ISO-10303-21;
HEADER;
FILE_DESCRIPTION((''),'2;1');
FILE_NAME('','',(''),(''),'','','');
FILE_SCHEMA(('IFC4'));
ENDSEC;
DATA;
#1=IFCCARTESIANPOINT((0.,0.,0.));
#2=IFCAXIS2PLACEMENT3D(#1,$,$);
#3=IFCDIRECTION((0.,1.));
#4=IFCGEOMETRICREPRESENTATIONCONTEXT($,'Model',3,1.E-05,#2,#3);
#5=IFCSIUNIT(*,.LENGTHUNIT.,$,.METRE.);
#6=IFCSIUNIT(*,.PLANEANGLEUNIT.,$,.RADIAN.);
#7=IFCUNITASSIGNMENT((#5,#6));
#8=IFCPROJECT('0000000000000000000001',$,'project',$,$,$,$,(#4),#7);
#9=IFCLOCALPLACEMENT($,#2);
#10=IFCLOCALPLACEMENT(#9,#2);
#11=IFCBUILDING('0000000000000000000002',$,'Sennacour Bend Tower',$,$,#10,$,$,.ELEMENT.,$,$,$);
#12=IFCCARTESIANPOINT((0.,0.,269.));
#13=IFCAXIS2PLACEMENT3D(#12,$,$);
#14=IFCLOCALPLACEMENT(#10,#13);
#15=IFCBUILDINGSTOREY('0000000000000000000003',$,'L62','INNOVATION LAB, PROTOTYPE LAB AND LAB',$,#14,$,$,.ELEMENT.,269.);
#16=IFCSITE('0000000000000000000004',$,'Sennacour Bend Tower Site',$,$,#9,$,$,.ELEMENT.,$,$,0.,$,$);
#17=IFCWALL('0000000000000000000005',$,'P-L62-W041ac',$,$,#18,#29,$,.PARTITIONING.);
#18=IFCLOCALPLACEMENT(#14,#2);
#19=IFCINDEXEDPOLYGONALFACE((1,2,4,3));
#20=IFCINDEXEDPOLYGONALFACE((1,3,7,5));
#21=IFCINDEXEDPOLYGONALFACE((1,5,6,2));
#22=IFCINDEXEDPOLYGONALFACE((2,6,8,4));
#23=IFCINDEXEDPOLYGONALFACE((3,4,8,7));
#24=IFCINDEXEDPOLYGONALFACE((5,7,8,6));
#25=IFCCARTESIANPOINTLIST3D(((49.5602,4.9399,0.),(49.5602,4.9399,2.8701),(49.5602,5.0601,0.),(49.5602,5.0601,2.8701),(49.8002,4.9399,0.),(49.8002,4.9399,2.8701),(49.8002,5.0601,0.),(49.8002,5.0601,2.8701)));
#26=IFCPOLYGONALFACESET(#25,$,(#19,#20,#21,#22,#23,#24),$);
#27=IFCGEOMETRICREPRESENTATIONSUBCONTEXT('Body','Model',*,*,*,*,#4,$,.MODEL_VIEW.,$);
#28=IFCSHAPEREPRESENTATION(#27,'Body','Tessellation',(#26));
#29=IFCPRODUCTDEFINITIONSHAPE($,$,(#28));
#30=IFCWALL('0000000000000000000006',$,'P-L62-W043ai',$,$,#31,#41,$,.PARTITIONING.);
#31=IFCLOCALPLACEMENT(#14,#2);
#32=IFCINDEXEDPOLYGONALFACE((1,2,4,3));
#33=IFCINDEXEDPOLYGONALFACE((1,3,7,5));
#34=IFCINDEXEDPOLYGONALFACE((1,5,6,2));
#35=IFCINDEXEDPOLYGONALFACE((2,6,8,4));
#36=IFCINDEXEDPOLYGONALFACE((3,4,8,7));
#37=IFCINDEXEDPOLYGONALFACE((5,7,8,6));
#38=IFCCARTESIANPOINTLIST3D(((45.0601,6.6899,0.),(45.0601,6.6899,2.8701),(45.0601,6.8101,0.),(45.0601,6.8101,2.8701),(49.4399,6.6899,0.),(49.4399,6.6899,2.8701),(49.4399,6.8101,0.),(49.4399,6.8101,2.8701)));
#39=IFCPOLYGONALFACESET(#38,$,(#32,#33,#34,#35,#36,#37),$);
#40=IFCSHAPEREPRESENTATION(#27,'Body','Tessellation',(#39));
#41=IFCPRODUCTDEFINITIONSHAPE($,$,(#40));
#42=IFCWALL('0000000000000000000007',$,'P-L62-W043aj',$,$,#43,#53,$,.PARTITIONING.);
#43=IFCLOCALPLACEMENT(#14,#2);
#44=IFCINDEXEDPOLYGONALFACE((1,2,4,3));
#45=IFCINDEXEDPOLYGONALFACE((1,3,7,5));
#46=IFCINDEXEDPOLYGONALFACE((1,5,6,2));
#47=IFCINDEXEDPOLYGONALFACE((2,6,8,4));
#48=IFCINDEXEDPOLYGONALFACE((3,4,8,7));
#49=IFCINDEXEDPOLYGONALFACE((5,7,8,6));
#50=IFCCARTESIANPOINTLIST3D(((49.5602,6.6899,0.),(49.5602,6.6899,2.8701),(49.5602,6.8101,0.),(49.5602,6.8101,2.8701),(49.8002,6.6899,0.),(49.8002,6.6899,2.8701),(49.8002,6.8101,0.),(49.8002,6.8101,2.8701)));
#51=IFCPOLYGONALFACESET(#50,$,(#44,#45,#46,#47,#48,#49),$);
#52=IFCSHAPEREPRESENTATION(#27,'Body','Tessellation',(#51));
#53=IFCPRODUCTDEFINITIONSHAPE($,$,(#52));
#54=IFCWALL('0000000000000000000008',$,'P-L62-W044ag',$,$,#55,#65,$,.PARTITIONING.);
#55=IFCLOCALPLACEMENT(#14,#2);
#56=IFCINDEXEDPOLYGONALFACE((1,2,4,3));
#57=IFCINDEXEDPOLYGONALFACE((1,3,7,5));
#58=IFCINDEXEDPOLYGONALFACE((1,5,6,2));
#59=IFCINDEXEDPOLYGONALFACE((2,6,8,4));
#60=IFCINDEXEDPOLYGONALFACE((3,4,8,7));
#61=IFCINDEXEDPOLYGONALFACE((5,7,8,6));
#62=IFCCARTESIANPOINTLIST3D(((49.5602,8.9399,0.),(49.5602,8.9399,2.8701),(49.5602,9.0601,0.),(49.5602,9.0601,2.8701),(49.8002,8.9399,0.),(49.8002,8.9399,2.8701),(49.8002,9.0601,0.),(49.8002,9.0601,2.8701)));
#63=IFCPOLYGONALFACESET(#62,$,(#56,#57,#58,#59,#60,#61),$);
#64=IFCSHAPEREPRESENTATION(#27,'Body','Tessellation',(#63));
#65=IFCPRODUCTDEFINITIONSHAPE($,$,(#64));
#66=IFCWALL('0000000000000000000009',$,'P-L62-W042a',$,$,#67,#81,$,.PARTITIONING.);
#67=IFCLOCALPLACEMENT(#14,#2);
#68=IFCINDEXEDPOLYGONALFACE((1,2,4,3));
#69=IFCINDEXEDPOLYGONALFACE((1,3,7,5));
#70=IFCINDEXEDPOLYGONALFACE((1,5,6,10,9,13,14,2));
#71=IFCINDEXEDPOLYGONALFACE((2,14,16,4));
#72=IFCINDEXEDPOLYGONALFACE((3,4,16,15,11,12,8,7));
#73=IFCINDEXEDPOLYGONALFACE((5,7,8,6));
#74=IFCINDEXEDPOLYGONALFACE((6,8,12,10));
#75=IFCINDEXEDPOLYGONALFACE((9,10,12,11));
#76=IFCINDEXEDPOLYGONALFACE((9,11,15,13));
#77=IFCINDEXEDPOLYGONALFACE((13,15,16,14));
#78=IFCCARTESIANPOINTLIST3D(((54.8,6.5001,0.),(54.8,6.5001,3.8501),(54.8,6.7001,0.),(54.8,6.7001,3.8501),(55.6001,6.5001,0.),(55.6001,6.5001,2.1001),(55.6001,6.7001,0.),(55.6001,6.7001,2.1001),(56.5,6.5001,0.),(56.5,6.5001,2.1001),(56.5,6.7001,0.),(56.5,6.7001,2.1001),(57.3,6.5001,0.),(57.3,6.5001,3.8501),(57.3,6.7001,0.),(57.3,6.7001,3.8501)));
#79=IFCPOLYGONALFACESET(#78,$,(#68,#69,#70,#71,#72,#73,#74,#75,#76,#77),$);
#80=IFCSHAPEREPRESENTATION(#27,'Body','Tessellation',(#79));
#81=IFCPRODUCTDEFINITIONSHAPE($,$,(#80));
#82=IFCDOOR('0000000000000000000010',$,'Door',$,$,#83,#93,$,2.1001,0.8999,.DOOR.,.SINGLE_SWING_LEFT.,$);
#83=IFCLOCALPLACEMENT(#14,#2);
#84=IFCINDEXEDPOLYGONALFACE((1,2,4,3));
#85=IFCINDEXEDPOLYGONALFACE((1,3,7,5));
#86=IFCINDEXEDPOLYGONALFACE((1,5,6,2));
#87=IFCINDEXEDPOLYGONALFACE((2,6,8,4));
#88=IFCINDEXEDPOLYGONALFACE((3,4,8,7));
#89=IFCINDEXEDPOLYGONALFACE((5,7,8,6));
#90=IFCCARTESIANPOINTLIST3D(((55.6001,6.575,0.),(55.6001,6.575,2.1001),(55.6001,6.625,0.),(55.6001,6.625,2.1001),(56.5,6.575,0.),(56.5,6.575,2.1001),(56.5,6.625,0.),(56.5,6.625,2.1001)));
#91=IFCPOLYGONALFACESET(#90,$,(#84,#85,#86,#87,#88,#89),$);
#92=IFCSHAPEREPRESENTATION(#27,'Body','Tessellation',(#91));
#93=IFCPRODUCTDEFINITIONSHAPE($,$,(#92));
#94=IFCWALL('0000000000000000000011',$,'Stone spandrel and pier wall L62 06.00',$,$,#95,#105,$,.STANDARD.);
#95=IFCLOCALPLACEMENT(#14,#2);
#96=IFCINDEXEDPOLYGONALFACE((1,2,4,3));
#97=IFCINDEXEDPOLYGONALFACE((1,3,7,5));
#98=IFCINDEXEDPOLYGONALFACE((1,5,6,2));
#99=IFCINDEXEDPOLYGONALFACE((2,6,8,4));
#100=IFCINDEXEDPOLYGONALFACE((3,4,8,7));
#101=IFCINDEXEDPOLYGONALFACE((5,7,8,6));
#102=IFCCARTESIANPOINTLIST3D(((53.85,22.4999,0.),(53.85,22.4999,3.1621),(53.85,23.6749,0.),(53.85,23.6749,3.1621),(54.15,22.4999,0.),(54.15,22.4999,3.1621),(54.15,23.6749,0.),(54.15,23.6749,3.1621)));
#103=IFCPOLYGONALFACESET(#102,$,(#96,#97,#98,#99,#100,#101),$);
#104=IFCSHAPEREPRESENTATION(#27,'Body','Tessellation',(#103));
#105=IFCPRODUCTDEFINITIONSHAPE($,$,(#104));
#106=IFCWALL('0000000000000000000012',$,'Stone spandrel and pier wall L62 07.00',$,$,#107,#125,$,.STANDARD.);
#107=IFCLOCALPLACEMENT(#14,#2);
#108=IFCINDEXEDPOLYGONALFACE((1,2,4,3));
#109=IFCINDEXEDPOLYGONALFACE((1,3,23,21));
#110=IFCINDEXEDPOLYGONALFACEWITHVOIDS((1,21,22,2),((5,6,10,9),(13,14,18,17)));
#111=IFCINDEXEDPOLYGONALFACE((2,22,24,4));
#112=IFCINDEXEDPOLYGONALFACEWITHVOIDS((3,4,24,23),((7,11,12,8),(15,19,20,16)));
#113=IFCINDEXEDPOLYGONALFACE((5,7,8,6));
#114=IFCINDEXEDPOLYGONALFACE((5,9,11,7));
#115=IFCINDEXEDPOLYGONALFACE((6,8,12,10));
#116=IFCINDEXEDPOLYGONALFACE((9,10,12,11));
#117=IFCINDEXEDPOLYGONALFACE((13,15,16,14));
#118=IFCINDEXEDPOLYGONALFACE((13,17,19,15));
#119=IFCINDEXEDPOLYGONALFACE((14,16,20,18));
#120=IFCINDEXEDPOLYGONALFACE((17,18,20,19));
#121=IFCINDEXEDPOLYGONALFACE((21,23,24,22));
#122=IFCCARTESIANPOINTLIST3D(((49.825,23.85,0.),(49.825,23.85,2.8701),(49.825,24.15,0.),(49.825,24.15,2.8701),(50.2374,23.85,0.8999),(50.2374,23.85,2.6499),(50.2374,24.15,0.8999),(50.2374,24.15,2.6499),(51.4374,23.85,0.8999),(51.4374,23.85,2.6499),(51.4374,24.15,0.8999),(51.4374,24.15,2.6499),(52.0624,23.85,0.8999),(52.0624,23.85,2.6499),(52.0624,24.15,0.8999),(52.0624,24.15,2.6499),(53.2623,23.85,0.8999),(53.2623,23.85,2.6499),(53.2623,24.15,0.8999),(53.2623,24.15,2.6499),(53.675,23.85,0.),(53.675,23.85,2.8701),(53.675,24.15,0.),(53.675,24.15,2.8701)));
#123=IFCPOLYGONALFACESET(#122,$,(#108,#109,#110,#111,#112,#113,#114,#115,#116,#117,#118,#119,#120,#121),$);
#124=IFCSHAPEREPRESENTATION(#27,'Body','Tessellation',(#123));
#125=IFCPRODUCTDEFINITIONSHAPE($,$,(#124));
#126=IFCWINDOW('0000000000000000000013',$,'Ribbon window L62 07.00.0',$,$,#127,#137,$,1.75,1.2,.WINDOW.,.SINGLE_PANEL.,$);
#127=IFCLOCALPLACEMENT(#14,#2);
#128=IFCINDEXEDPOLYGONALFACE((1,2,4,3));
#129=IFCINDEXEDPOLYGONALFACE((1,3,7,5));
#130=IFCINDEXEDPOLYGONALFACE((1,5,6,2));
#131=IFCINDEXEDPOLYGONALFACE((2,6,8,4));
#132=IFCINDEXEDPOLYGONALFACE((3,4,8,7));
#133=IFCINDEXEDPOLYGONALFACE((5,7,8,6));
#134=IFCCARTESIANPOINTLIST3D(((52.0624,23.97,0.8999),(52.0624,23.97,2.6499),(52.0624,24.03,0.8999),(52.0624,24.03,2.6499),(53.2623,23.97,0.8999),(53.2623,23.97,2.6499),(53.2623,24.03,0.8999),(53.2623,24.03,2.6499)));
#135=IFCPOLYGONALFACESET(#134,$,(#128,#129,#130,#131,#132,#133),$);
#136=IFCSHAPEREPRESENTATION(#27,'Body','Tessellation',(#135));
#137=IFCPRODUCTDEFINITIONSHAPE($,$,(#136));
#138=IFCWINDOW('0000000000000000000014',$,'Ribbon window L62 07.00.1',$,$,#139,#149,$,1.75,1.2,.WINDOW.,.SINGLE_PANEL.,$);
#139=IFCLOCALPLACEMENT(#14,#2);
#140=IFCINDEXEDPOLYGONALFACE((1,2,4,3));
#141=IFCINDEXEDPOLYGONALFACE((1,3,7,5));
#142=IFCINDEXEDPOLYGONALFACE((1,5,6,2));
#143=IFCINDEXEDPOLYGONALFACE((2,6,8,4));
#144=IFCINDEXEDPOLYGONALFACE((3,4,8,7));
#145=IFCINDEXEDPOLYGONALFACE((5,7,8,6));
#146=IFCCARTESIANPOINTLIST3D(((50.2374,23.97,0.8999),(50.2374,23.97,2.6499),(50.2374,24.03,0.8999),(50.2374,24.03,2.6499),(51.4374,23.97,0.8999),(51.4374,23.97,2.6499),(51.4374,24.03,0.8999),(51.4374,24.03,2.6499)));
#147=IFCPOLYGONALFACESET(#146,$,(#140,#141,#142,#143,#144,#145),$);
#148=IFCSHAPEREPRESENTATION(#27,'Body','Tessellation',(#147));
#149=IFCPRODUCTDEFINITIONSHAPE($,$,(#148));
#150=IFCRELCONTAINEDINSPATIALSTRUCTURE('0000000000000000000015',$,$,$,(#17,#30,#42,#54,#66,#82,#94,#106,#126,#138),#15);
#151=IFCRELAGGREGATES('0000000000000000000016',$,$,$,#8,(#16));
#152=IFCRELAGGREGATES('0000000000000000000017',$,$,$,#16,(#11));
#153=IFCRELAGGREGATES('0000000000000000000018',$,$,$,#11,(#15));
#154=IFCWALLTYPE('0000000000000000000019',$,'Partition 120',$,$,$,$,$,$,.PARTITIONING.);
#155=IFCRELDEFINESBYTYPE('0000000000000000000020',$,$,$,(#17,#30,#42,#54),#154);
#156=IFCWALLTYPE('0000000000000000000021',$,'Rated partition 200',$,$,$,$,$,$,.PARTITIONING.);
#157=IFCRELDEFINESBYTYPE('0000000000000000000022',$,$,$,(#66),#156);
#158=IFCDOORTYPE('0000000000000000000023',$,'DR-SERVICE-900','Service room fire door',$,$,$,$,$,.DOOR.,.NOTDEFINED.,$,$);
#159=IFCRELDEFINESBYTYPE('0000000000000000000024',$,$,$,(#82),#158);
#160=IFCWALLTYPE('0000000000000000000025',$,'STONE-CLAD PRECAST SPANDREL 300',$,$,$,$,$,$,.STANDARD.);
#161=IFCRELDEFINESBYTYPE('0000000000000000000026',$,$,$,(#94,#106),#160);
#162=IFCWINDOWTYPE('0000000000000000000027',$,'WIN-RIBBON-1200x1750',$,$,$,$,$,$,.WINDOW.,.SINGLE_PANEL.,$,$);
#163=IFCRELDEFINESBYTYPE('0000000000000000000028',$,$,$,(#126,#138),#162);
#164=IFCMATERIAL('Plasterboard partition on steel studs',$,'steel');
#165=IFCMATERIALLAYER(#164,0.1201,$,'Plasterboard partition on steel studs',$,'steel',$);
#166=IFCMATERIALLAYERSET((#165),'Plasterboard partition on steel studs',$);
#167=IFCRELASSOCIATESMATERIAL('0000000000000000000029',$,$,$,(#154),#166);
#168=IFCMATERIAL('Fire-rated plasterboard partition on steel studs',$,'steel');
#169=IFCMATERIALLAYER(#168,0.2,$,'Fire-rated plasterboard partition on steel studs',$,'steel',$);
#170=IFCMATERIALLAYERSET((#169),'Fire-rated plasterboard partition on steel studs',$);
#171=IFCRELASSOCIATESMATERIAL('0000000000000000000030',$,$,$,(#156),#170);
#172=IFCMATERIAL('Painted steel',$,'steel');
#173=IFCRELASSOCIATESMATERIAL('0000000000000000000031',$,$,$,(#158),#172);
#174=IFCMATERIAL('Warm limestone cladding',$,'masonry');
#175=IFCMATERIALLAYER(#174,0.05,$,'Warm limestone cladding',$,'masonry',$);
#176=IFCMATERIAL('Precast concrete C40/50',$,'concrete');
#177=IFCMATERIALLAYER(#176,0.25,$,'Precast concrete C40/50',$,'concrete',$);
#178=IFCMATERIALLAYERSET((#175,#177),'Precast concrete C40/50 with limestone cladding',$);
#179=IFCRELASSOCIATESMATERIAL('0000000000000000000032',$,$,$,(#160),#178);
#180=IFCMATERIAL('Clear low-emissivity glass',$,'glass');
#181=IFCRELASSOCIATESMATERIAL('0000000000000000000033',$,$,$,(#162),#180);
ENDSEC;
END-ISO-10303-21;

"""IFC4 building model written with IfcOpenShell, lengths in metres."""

from ifc_helpers import new_model, si_unit, direction, frame, frame_2d, origin, place, context, subcontext, project, spatial, rectangle, extrude, material, layer, layer_set, type_object, element, fill, save


model = new_model("IFC4")

# Units and contexts
model_context = context("Model", 3, precision=1e-05, world=origin(), true_north=direction((0.0, 1.0)))
body_context = subcontext(model_context, "Body", "Model", "MODEL_VIEW")
ifc_project = project(units=[si_unit("LENGTHUNIT", "METRE"), si_unit("PLANEANGLEUNIT", "RADIAN")], contexts=[model_context])

# Site, building, storey
site_placement = place(None, origin())
site = spatial("IfcSite", under=ifc_project, at=site_placement, Name="Sennacour Bend Tower Site", CompositionType="ELEMENT", RefElevation=0.0)
building_placement = place(site_placement, origin())
building = spatial("IfcBuilding", under=site, at=building_placement, Name="Sennacour Bend Tower", CompositionType="ELEMENT")
storey_placement = place(building_placement, frame((0.0, 0.0, 269.0)))
storey = spatial("IfcBuildingStorey", under=building, at=storey_placement, Name="L62", Description="INNOVATION LAB, PROTOTYPE LAB AND LAB", CompositionType="ELEMENT", Elevation=269.0)

# Walls
ifc_material_1 = material(Name="Plasterboard partition on steel studs", Category="steel")
ifc_layer_1 = layer(ifc_material_1, 0.1201, Name="Plasterboard partition on steel studs", Category="steel")
ifc_layer_set_1 = layer_set([ifc_layer_1], Name="Plasterboard partition on steel studs")
wall_type_1 = type_object("IfcWallType", Name="Partition 120", PredefinedType="PARTITIONING", material=ifc_layer_set_1)
wall_1_placement = place(storey_placement, frame((49.5601, 5.0, 0.0), z_axis=(0.0, 0.0, 1.0), x_axis=(1.0, 0.0, 0.0)))
element("IfcWall", 1, at=wall_1_placement, inside=storey, type_object=wall_type_1, Name="P-L62-W041ac", PredefinedType="PARTITIONING", context=body_context, shape_type="SweptSolid", body=[
    extrude(rectangle(XDim=0.24, YDim=0.1201, at=frame_2d((0.1201, 0.0))), origin(), (0.0, 0.0, 1.0), 2.8701),
])
wall_2_placement = place(storey_placement, frame((45.0601, 6.75, 0.0), z_axis=(0.0, 0.0, 1.0), x_axis=(1.0, 0.0, 0.0)))
element("IfcWall", 2, at=wall_2_placement, inside=storey, type_object=wall_type_1, Name="P-L62-W043ai", PredefinedType="PARTITIONING", context=body_context, shape_type="SweptSolid", body=[
    extrude(rectangle(XDim=4.3799, YDim=0.1201, at=frame_2d((2.1899, 0.0))), origin(), (0.0, 0.0, 1.0), 2.8701),
])
for number, where, z_axis, x_axis, name in (
    (3, (49.5601, 6.75, 0.0), (0.0, 0.0, 1.0), (1.0, 0.0, 0.0), "P-L62-W043aj"),
    (4, (49.5601, 9.0, 0.0), (0.0, 0.0, 1.0), (1.0, 0.0, 0.0), "P-L62-W044ag"),
):
    element("IfcWall", number, at=place(storey_placement, frame(where, z_axis=z_axis, x_axis=x_axis)), inside=storey, type_object=wall_type_1, Name=name, PredefinedType="PARTITIONING", context=body_context, shape_type="SweptSolid", body=[
        extrude(rectangle(XDim=0.24, YDim=0.1201, at=frame_2d((0.1201, 0.0))), origin(), (0.0, 0.0, 1.0), 2.8701),
    ])

# Wall, opening, door
ifc_material_2 = material(Name="Fire-rated plasterboard partition on steel studs", Category="steel")
ifc_layer_2 = layer(ifc_material_2, 0.2, Name="Fire-rated plasterboard partition on steel studs", Category="steel")
ifc_layer_set_2 = layer_set([ifc_layer_2], Name="Fire-rated plasterboard partition on steel studs")
wall_type_2 = type_object("IfcWallType", Name="Rated partition 200", PredefinedType="PARTITIONING", material=ifc_layer_set_2)
wall_3_placement = place(storey_placement, frame((54.8, 6.6001, 0.0), z_axis=(0.0, 0.0, 1.0), x_axis=(1.0, 0.0, 0.0)))
wall_3 = element("IfcWall", 5, at=wall_3_placement, inside=storey, type_object=wall_type_2, Name="P-L62-W042a", PredefinedType="PARTITIONING", context=body_context, shape_type="SweptSolid", body=[
    extrude(rectangle(XDim=2.5, YDim=0.2, at=frame_2d((1.25, 0.0))), origin(), (0.0, 0.0, 1.0), 3.8501),
])
opening_1_placement = place(wall_3_placement, frame((0.8, 0.0, 0.0)))
opening_1 = element("IfcOpeningElement", 6, at=opening_1_placement, cuts=wall_3, PredefinedType="OPENING", context=body_context, shape_type="SweptSolid", body=[
    extrude(rectangle(XDim=0.8999, YDim=2.1001, at=frame_2d((0.45, 1.05))), frame((0.0, 0.1099, 0.0), z_axis=(0.0, -1.0, 0.0), x_axis=(1.0, 0.0, 0.0)), (0.0, 0.0, 1.0), 0.22),
])
ifc_material_3 = material(Name="Painted steel", Category="steel")
door_type_1 = type_object("IfcDoorType", Name="DR-SERVICE-900", Description="Service room fire door", OperationType="NOTDEFINED", PredefinedType="DOOR", material=ifc_material_3)
door_1_placement = place(opening_1_placement, origin())
door_1 = element("IfcDoor", 7, at=door_1_placement, inside=storey, type_object=door_type_1, Name="Door", OperationType="SINGLE_SWING_LEFT", OverallHeight=2.1001, OverallWidth=0.8999, PredefinedType="DOOR", context=body_context, shape_type="SweptSolid", body=[
    extrude(rectangle(XDim=0.8999, YDim=2.1001, at=frame_2d((0.45, 1.05))), frame((0.0, 0.0249, 0.0), z_axis=(0.0, -1.0, 0.0), x_axis=(1.0, 0.0, 0.0)), (0.0, 0.0, 1.0), 0.05),
])
fill(opening_1, door_1)

# Wall
ifc_material_4 = material(Name="Warm limestone cladding", Category="masonry")
ifc_layer_3 = layer(ifc_material_4, 0.05, Name="Warm limestone cladding", Category="masonry")
ifc_material_5 = material(Name="Precast concrete C40/50", Category="concrete")
ifc_layer_4 = layer(ifc_material_5, 0.25, Name="Precast concrete C40/50", Category="concrete")
ifc_layer_set_3 = layer_set([ifc_layer_3, ifc_layer_4], Name="Precast concrete C40/50 with limestone cladding")
wall_type_3 = type_object("IfcWallType", Name="STONE-CLAD PRECAST SPANDREL 300", PredefinedType="STANDARD", material=ifc_layer_set_3)
wall_4_placement = place(storey_placement, frame((54.0, 22.5, 0.0), z_axis=(0.0, 0.0, 1.0), x_axis=(0.0, 1.0, 0.0)))
element("IfcWall", 8, at=wall_4_placement, inside=storey, type_object=wall_type_3, Name="Stone spandrel and pier wall L62 06.00", PredefinedType="STANDARD", context=body_context, shape_type="SweptSolid", body=[
    extrude(rectangle(XDim=1.175, YDim=0.3, at=frame_2d((0.5874, 0.0))), origin(), (0.0, 0.0, 1.0), 3.1621),
])

# Wall, openings, windows
wall_5_placement = place(storey_placement, frame((53.675, 24.0, 0.0), z_axis=(0.0, 0.0, 1.0), x_axis=(-1.0, 0.0, 0.0)))
wall_5 = element("IfcWall", 9, at=wall_5_placement, inside=storey, type_object=wall_type_3, Name="Stone spandrel and pier wall L62 07.00", PredefinedType="STANDARD", context=body_context, shape_type="SweptSolid", body=[
    extrude(rectangle(XDim=3.8501, YDim=0.3, at=frame_2d((1.925, 0.0))), origin(), (0.0, 0.0, 1.0), 2.8701),
])
opening_2_placement = place(wall_5_placement, frame((0.4126, 0.0, 0.8999)))
opening_2 = element("IfcOpeningElement", 10, at=opening_2_placement, cuts=wall_5, PredefinedType="OPENING", context=body_context, shape_type="SweptSolid", body=[
    extrude(rectangle(XDim=1.2, YDim=1.75, at=frame_2d((0.6001, 0.875))), frame((0.0, 0.1602, 0.0), z_axis=(0.0, -1.0, 0.0), x_axis=(1.0, 0.0, 0.0)), (0.0, 0.0, 1.0), 0.3201),
])
opening_3_placement = place(wall_5_placement, frame((2.2375, 0.0, 0.8999)))
opening_3 = element("IfcOpeningElement", 11, at=opening_3_placement, cuts=wall_5, PredefinedType="OPENING", context=body_context, shape_type="SweptSolid", body=[
    extrude(rectangle(XDim=1.2, YDim=1.75, at=frame_2d((0.6001, 0.875))), frame((0.0, 0.1602, 0.0), z_axis=(0.0, -1.0, 0.0), x_axis=(1.0, 0.0, 0.0)), (0.0, 0.0, 1.0), 0.3201),
])
ifc_material_6 = material(Name="Clear low-emissivity glass", Category="glass")
window_type = type_object("IfcWindowType", Name="WIN-RIBBON-1200x1750", PartitioningType="SINGLE_PANEL", PredefinedType="WINDOW", material=ifc_material_6)
window_1_placement = place(opening_2_placement, origin())
window_1 = element("IfcWindow", 12, at=window_1_placement, inside=storey, type_object=window_type, Name="Ribbon window L62 07.00.0", OverallHeight=1.75, OverallWidth=1.2, PartitioningType="SINGLE_PANEL", PredefinedType="WINDOW", context=body_context, shape_type="SweptSolid", body=[
    extrude(rectangle(XDim=1.2, YDim=1.75, at=frame_2d((0.6001, 0.875))), frame((0.0, 0.03, 0.0), z_axis=(0.0, -1.0, 0.0), x_axis=(1.0, 0.0, 0.0)), (0.0, 0.0, 1.0), 0.0601),
])
fill(opening_2, window_1)
window_2_placement = place(opening_3_placement, origin())
window_2 = element("IfcWindow", 13, at=window_2_placement, inside=storey, type_object=window_type, Name="Ribbon window L62 07.00.1", OverallHeight=1.75, OverallWidth=1.2, PartitioningType="SINGLE_PANEL", PredefinedType="WINDOW", context=body_context, shape_type="SweptSolid", body=[
    extrude(rectangle(XDim=1.2, YDim=1.75, at=frame_2d((0.6001, 0.875))), frame((0.0, 0.03, 0.0), z_axis=(0.0, -1.0, 0.0), x_axis=(1.0, 0.0, 0.0)), (0.0, 0.0, 1.0), 0.0601),
])
fill(opening_3, window_2)

save(model, "model.ifc")
